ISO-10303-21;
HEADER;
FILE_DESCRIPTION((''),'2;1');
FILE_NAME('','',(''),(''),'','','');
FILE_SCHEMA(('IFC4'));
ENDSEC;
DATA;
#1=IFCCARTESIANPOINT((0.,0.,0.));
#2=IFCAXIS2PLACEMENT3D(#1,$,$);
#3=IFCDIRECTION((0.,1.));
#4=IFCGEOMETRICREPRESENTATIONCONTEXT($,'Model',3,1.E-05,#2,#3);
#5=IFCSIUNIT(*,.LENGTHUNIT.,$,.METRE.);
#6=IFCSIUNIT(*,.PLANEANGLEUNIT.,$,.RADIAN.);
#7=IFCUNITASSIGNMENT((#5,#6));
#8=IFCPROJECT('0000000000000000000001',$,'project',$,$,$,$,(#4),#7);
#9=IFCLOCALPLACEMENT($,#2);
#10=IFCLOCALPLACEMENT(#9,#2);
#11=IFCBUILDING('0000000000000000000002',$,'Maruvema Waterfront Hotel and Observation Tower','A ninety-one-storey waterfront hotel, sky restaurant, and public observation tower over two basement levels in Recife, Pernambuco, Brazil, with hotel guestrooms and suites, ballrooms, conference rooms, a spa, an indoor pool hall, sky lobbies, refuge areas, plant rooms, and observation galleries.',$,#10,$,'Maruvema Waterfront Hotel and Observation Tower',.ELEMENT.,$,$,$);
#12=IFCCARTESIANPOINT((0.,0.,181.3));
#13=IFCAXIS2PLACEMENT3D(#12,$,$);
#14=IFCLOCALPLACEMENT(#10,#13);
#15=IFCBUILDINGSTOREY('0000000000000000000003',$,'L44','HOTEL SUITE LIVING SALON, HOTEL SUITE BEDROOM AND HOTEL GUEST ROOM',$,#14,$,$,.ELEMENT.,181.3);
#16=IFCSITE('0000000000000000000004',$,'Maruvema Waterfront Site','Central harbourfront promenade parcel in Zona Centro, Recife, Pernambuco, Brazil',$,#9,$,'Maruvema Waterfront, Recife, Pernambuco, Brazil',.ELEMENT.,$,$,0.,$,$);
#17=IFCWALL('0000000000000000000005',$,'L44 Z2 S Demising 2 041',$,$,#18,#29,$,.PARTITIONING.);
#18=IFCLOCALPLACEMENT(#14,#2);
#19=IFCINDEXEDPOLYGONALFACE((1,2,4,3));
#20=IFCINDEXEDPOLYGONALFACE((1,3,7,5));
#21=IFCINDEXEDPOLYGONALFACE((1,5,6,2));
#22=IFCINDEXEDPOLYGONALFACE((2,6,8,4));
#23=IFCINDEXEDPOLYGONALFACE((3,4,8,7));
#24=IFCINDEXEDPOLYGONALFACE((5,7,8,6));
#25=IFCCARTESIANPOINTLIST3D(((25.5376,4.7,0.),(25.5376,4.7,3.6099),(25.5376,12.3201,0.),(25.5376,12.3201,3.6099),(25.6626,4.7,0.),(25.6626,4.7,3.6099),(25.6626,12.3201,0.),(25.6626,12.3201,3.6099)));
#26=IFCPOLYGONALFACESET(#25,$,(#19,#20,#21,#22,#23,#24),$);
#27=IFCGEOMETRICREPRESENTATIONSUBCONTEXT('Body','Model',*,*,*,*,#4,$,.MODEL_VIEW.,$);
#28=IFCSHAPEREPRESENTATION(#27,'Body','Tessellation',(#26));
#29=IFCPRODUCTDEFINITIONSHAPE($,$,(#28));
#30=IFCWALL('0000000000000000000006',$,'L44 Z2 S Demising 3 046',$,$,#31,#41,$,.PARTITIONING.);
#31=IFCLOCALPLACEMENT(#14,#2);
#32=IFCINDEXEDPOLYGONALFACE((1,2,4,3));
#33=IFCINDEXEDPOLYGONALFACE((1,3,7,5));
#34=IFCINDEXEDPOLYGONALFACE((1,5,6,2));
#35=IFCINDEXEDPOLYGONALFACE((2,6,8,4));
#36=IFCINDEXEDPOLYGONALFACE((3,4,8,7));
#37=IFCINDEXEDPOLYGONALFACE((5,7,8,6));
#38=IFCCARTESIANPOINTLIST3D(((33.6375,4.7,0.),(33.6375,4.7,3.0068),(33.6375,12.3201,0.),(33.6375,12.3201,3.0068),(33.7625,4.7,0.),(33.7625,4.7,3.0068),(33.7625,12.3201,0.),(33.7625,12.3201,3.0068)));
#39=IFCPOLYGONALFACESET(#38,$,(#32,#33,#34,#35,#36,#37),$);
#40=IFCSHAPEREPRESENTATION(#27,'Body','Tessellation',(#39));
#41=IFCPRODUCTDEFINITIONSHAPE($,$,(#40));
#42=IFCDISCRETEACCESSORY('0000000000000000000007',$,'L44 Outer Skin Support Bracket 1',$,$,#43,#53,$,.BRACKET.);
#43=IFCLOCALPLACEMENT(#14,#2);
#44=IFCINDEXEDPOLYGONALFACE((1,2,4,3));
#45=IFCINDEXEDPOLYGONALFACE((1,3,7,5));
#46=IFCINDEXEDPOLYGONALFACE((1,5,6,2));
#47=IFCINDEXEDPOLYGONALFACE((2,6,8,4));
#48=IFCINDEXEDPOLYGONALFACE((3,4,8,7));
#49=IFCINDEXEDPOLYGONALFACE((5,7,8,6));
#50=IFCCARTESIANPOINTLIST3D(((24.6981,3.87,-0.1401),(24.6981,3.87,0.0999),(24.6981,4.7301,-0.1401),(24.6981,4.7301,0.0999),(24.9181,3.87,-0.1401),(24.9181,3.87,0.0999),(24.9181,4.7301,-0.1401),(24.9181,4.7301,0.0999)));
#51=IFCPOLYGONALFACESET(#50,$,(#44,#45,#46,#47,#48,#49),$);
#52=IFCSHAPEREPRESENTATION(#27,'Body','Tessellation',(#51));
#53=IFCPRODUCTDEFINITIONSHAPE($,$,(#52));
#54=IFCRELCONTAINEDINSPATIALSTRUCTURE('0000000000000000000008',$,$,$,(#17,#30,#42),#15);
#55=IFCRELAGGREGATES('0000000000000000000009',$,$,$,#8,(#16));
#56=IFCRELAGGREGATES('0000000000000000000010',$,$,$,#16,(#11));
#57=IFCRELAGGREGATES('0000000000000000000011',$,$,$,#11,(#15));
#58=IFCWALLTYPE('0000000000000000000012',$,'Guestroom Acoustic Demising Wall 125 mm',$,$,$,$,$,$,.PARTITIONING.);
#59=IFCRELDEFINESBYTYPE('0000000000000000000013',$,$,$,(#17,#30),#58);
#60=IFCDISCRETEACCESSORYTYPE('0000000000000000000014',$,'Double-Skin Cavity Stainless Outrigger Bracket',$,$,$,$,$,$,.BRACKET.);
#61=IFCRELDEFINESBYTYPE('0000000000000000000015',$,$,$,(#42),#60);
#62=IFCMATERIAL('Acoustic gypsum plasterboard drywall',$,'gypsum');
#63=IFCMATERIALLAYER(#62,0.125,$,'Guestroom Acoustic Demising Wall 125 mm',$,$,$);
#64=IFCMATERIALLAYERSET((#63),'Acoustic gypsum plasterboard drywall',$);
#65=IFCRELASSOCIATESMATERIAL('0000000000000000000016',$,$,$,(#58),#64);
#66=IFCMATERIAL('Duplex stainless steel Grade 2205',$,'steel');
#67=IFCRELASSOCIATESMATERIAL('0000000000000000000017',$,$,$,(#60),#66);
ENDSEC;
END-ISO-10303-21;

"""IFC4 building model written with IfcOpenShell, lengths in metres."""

from ifc_helpers import new_model, si_unit, direction, frame, frame_2d, origin, origin_2d, place, context, subcontext, project, spatial, rectangle, extrude, material, layer, layer_set, type_object, element, save


model = new_model("IFC4")

# Units and contexts
model_context = context("Model", 3, precision=1e-05, world=origin(), true_north=direction((0.0, 1.0)))
body_context = subcontext(model_context, "Body", "Model", "MODEL_VIEW")
ifc_project = project(units=[si_unit("LENGTHUNIT", "METRE"), si_unit("PLANEANGLEUNIT", "RADIAN")], contexts=[model_context])

# Site, building, storey
site_placement = place(None, origin())
site = spatial("IfcSite", under=ifc_project, at=site_placement, Name="Maruvema Waterfront Site", Description="Central harbourfront promenade parcel in Zona Centro, Recife, Pernambuco, Brazil", LongName="Maruvema Waterfront, Recife, Pernambuco, Brazil", CompositionType="ELEMENT", RefElevation=0.0)
building_placement = place(site_placement, origin())
building = spatial("IfcBuilding", under=site, at=building_placement, Name="Maruvema Waterfront Hotel and Observation Tower", Description="A ninety-one-storey waterfront hotel, sky restaurant, and public observation tower over two basement levels in Recife, Pernambuco, Brazil, with hotel guestrooms and suites, ballrooms, conference rooms, a spa, an indoor pool hall, sky lobbies, refuge areas, plant rooms, and observation galleries.", LongName="Maruvema Waterfront Hotel and Observation Tower", CompositionType="ELEMENT")
storey_placement = place(building_placement, frame((0.0, 0.0, 181.3)))
storey = spatial("IfcBuildingStorey", under=building, at=storey_placement, Name="L44", Description="HOTEL SUITE LIVING SALON, HOTEL SUITE BEDROOM AND HOTEL GUEST ROOM", CompositionType="ELEMENT", Elevation=181.3)

# Walls
ifc_material_1 = material(Name="Acoustic gypsum plasterboard drywall", Category="gypsum")
ifc_layer_1 = layer(ifc_material_1, 0.125, Name="Guestroom Acoustic Demising Wall 125 mm")
ifc_layer_set_1 = layer_set([ifc_layer_1], Name="Acoustic gypsum plasterboard drywall")
wall_type_1 = type_object("IfcWallType", Name="Guestroom Acoustic Demising Wall 125 mm", PredefinedType="PARTITIONING", material=ifc_layer_set_1)
wall_1_placement = place(storey_placement, frame((25.6001, 4.7, 0.0), z_axis=(0.0, 0.0, 1.0), x_axis=(0.0, 1.0, 0.0)))
element("IfcWall", 1, at=wall_1_placement, inside=storey, type_object=wall_type_1, Name="L44 Z2 S Demising 2 041", PredefinedType="PARTITIONING", context=body_context, shape_type="SweptSolid", body=[
    extrude(rectangle(XDim=7.6201, YDim=0.125, at=frame_2d((3.8101, 0.0))), origin(), (0.0, 0.0, 1.0), 3.6099),
])
wall_2_placement = place(storey_placement, frame((33.7, 4.7, 0.0), z_axis=(0.0, 0.0, 1.0), x_axis=(0.0, 1.0, 0.0)))
element("IfcWall", 2, at=wall_2_placement, inside=storey, type_object=wall_type_1, Name="L44 Z2 S Demising 3 046", PredefinedType="PARTITIONING", context=body_context, shape_type="SweptSolid", body=[
    extrude(rectangle(XDim=7.6201, YDim=0.125, at=frame_2d((3.8101, 0.0))), origin(), (0.0, 0.0, 1.0), 3.0068),
])

# Discrete accessory
ifc_material_2 = material(Name="Duplex stainless steel Grade 2205", Category="steel")
discrete_accessory_type = type_object("IfcDiscreteAccessoryType", Name="Double-Skin Cavity Stainless Outrigger Bracket", PredefinedType="BRACKET", material=ifc_material_2)
discrete_accessory_placement = place(storey_placement, frame((24.8081, 4.3, -0.1401), z_axis=(0.0, 0.0, 1.0), x_axis=(1.0, 0.0, 0.0)))
element("IfcDiscreteAccessory", 3, at=discrete_accessory_placement, inside=storey, type_object=discrete_accessory_type, Name="L44 Outer Skin Support Bracket 1", PredefinedType="BRACKET", context=body_context, shape_type="SweptSolid", body=[
    extrude(rectangle(XDim=0.22, YDim=0.8601, at=origin_2d()), origin(), (0.0, 0.0, 1.0), 0.24),
])

save(model, "model.ifc")
